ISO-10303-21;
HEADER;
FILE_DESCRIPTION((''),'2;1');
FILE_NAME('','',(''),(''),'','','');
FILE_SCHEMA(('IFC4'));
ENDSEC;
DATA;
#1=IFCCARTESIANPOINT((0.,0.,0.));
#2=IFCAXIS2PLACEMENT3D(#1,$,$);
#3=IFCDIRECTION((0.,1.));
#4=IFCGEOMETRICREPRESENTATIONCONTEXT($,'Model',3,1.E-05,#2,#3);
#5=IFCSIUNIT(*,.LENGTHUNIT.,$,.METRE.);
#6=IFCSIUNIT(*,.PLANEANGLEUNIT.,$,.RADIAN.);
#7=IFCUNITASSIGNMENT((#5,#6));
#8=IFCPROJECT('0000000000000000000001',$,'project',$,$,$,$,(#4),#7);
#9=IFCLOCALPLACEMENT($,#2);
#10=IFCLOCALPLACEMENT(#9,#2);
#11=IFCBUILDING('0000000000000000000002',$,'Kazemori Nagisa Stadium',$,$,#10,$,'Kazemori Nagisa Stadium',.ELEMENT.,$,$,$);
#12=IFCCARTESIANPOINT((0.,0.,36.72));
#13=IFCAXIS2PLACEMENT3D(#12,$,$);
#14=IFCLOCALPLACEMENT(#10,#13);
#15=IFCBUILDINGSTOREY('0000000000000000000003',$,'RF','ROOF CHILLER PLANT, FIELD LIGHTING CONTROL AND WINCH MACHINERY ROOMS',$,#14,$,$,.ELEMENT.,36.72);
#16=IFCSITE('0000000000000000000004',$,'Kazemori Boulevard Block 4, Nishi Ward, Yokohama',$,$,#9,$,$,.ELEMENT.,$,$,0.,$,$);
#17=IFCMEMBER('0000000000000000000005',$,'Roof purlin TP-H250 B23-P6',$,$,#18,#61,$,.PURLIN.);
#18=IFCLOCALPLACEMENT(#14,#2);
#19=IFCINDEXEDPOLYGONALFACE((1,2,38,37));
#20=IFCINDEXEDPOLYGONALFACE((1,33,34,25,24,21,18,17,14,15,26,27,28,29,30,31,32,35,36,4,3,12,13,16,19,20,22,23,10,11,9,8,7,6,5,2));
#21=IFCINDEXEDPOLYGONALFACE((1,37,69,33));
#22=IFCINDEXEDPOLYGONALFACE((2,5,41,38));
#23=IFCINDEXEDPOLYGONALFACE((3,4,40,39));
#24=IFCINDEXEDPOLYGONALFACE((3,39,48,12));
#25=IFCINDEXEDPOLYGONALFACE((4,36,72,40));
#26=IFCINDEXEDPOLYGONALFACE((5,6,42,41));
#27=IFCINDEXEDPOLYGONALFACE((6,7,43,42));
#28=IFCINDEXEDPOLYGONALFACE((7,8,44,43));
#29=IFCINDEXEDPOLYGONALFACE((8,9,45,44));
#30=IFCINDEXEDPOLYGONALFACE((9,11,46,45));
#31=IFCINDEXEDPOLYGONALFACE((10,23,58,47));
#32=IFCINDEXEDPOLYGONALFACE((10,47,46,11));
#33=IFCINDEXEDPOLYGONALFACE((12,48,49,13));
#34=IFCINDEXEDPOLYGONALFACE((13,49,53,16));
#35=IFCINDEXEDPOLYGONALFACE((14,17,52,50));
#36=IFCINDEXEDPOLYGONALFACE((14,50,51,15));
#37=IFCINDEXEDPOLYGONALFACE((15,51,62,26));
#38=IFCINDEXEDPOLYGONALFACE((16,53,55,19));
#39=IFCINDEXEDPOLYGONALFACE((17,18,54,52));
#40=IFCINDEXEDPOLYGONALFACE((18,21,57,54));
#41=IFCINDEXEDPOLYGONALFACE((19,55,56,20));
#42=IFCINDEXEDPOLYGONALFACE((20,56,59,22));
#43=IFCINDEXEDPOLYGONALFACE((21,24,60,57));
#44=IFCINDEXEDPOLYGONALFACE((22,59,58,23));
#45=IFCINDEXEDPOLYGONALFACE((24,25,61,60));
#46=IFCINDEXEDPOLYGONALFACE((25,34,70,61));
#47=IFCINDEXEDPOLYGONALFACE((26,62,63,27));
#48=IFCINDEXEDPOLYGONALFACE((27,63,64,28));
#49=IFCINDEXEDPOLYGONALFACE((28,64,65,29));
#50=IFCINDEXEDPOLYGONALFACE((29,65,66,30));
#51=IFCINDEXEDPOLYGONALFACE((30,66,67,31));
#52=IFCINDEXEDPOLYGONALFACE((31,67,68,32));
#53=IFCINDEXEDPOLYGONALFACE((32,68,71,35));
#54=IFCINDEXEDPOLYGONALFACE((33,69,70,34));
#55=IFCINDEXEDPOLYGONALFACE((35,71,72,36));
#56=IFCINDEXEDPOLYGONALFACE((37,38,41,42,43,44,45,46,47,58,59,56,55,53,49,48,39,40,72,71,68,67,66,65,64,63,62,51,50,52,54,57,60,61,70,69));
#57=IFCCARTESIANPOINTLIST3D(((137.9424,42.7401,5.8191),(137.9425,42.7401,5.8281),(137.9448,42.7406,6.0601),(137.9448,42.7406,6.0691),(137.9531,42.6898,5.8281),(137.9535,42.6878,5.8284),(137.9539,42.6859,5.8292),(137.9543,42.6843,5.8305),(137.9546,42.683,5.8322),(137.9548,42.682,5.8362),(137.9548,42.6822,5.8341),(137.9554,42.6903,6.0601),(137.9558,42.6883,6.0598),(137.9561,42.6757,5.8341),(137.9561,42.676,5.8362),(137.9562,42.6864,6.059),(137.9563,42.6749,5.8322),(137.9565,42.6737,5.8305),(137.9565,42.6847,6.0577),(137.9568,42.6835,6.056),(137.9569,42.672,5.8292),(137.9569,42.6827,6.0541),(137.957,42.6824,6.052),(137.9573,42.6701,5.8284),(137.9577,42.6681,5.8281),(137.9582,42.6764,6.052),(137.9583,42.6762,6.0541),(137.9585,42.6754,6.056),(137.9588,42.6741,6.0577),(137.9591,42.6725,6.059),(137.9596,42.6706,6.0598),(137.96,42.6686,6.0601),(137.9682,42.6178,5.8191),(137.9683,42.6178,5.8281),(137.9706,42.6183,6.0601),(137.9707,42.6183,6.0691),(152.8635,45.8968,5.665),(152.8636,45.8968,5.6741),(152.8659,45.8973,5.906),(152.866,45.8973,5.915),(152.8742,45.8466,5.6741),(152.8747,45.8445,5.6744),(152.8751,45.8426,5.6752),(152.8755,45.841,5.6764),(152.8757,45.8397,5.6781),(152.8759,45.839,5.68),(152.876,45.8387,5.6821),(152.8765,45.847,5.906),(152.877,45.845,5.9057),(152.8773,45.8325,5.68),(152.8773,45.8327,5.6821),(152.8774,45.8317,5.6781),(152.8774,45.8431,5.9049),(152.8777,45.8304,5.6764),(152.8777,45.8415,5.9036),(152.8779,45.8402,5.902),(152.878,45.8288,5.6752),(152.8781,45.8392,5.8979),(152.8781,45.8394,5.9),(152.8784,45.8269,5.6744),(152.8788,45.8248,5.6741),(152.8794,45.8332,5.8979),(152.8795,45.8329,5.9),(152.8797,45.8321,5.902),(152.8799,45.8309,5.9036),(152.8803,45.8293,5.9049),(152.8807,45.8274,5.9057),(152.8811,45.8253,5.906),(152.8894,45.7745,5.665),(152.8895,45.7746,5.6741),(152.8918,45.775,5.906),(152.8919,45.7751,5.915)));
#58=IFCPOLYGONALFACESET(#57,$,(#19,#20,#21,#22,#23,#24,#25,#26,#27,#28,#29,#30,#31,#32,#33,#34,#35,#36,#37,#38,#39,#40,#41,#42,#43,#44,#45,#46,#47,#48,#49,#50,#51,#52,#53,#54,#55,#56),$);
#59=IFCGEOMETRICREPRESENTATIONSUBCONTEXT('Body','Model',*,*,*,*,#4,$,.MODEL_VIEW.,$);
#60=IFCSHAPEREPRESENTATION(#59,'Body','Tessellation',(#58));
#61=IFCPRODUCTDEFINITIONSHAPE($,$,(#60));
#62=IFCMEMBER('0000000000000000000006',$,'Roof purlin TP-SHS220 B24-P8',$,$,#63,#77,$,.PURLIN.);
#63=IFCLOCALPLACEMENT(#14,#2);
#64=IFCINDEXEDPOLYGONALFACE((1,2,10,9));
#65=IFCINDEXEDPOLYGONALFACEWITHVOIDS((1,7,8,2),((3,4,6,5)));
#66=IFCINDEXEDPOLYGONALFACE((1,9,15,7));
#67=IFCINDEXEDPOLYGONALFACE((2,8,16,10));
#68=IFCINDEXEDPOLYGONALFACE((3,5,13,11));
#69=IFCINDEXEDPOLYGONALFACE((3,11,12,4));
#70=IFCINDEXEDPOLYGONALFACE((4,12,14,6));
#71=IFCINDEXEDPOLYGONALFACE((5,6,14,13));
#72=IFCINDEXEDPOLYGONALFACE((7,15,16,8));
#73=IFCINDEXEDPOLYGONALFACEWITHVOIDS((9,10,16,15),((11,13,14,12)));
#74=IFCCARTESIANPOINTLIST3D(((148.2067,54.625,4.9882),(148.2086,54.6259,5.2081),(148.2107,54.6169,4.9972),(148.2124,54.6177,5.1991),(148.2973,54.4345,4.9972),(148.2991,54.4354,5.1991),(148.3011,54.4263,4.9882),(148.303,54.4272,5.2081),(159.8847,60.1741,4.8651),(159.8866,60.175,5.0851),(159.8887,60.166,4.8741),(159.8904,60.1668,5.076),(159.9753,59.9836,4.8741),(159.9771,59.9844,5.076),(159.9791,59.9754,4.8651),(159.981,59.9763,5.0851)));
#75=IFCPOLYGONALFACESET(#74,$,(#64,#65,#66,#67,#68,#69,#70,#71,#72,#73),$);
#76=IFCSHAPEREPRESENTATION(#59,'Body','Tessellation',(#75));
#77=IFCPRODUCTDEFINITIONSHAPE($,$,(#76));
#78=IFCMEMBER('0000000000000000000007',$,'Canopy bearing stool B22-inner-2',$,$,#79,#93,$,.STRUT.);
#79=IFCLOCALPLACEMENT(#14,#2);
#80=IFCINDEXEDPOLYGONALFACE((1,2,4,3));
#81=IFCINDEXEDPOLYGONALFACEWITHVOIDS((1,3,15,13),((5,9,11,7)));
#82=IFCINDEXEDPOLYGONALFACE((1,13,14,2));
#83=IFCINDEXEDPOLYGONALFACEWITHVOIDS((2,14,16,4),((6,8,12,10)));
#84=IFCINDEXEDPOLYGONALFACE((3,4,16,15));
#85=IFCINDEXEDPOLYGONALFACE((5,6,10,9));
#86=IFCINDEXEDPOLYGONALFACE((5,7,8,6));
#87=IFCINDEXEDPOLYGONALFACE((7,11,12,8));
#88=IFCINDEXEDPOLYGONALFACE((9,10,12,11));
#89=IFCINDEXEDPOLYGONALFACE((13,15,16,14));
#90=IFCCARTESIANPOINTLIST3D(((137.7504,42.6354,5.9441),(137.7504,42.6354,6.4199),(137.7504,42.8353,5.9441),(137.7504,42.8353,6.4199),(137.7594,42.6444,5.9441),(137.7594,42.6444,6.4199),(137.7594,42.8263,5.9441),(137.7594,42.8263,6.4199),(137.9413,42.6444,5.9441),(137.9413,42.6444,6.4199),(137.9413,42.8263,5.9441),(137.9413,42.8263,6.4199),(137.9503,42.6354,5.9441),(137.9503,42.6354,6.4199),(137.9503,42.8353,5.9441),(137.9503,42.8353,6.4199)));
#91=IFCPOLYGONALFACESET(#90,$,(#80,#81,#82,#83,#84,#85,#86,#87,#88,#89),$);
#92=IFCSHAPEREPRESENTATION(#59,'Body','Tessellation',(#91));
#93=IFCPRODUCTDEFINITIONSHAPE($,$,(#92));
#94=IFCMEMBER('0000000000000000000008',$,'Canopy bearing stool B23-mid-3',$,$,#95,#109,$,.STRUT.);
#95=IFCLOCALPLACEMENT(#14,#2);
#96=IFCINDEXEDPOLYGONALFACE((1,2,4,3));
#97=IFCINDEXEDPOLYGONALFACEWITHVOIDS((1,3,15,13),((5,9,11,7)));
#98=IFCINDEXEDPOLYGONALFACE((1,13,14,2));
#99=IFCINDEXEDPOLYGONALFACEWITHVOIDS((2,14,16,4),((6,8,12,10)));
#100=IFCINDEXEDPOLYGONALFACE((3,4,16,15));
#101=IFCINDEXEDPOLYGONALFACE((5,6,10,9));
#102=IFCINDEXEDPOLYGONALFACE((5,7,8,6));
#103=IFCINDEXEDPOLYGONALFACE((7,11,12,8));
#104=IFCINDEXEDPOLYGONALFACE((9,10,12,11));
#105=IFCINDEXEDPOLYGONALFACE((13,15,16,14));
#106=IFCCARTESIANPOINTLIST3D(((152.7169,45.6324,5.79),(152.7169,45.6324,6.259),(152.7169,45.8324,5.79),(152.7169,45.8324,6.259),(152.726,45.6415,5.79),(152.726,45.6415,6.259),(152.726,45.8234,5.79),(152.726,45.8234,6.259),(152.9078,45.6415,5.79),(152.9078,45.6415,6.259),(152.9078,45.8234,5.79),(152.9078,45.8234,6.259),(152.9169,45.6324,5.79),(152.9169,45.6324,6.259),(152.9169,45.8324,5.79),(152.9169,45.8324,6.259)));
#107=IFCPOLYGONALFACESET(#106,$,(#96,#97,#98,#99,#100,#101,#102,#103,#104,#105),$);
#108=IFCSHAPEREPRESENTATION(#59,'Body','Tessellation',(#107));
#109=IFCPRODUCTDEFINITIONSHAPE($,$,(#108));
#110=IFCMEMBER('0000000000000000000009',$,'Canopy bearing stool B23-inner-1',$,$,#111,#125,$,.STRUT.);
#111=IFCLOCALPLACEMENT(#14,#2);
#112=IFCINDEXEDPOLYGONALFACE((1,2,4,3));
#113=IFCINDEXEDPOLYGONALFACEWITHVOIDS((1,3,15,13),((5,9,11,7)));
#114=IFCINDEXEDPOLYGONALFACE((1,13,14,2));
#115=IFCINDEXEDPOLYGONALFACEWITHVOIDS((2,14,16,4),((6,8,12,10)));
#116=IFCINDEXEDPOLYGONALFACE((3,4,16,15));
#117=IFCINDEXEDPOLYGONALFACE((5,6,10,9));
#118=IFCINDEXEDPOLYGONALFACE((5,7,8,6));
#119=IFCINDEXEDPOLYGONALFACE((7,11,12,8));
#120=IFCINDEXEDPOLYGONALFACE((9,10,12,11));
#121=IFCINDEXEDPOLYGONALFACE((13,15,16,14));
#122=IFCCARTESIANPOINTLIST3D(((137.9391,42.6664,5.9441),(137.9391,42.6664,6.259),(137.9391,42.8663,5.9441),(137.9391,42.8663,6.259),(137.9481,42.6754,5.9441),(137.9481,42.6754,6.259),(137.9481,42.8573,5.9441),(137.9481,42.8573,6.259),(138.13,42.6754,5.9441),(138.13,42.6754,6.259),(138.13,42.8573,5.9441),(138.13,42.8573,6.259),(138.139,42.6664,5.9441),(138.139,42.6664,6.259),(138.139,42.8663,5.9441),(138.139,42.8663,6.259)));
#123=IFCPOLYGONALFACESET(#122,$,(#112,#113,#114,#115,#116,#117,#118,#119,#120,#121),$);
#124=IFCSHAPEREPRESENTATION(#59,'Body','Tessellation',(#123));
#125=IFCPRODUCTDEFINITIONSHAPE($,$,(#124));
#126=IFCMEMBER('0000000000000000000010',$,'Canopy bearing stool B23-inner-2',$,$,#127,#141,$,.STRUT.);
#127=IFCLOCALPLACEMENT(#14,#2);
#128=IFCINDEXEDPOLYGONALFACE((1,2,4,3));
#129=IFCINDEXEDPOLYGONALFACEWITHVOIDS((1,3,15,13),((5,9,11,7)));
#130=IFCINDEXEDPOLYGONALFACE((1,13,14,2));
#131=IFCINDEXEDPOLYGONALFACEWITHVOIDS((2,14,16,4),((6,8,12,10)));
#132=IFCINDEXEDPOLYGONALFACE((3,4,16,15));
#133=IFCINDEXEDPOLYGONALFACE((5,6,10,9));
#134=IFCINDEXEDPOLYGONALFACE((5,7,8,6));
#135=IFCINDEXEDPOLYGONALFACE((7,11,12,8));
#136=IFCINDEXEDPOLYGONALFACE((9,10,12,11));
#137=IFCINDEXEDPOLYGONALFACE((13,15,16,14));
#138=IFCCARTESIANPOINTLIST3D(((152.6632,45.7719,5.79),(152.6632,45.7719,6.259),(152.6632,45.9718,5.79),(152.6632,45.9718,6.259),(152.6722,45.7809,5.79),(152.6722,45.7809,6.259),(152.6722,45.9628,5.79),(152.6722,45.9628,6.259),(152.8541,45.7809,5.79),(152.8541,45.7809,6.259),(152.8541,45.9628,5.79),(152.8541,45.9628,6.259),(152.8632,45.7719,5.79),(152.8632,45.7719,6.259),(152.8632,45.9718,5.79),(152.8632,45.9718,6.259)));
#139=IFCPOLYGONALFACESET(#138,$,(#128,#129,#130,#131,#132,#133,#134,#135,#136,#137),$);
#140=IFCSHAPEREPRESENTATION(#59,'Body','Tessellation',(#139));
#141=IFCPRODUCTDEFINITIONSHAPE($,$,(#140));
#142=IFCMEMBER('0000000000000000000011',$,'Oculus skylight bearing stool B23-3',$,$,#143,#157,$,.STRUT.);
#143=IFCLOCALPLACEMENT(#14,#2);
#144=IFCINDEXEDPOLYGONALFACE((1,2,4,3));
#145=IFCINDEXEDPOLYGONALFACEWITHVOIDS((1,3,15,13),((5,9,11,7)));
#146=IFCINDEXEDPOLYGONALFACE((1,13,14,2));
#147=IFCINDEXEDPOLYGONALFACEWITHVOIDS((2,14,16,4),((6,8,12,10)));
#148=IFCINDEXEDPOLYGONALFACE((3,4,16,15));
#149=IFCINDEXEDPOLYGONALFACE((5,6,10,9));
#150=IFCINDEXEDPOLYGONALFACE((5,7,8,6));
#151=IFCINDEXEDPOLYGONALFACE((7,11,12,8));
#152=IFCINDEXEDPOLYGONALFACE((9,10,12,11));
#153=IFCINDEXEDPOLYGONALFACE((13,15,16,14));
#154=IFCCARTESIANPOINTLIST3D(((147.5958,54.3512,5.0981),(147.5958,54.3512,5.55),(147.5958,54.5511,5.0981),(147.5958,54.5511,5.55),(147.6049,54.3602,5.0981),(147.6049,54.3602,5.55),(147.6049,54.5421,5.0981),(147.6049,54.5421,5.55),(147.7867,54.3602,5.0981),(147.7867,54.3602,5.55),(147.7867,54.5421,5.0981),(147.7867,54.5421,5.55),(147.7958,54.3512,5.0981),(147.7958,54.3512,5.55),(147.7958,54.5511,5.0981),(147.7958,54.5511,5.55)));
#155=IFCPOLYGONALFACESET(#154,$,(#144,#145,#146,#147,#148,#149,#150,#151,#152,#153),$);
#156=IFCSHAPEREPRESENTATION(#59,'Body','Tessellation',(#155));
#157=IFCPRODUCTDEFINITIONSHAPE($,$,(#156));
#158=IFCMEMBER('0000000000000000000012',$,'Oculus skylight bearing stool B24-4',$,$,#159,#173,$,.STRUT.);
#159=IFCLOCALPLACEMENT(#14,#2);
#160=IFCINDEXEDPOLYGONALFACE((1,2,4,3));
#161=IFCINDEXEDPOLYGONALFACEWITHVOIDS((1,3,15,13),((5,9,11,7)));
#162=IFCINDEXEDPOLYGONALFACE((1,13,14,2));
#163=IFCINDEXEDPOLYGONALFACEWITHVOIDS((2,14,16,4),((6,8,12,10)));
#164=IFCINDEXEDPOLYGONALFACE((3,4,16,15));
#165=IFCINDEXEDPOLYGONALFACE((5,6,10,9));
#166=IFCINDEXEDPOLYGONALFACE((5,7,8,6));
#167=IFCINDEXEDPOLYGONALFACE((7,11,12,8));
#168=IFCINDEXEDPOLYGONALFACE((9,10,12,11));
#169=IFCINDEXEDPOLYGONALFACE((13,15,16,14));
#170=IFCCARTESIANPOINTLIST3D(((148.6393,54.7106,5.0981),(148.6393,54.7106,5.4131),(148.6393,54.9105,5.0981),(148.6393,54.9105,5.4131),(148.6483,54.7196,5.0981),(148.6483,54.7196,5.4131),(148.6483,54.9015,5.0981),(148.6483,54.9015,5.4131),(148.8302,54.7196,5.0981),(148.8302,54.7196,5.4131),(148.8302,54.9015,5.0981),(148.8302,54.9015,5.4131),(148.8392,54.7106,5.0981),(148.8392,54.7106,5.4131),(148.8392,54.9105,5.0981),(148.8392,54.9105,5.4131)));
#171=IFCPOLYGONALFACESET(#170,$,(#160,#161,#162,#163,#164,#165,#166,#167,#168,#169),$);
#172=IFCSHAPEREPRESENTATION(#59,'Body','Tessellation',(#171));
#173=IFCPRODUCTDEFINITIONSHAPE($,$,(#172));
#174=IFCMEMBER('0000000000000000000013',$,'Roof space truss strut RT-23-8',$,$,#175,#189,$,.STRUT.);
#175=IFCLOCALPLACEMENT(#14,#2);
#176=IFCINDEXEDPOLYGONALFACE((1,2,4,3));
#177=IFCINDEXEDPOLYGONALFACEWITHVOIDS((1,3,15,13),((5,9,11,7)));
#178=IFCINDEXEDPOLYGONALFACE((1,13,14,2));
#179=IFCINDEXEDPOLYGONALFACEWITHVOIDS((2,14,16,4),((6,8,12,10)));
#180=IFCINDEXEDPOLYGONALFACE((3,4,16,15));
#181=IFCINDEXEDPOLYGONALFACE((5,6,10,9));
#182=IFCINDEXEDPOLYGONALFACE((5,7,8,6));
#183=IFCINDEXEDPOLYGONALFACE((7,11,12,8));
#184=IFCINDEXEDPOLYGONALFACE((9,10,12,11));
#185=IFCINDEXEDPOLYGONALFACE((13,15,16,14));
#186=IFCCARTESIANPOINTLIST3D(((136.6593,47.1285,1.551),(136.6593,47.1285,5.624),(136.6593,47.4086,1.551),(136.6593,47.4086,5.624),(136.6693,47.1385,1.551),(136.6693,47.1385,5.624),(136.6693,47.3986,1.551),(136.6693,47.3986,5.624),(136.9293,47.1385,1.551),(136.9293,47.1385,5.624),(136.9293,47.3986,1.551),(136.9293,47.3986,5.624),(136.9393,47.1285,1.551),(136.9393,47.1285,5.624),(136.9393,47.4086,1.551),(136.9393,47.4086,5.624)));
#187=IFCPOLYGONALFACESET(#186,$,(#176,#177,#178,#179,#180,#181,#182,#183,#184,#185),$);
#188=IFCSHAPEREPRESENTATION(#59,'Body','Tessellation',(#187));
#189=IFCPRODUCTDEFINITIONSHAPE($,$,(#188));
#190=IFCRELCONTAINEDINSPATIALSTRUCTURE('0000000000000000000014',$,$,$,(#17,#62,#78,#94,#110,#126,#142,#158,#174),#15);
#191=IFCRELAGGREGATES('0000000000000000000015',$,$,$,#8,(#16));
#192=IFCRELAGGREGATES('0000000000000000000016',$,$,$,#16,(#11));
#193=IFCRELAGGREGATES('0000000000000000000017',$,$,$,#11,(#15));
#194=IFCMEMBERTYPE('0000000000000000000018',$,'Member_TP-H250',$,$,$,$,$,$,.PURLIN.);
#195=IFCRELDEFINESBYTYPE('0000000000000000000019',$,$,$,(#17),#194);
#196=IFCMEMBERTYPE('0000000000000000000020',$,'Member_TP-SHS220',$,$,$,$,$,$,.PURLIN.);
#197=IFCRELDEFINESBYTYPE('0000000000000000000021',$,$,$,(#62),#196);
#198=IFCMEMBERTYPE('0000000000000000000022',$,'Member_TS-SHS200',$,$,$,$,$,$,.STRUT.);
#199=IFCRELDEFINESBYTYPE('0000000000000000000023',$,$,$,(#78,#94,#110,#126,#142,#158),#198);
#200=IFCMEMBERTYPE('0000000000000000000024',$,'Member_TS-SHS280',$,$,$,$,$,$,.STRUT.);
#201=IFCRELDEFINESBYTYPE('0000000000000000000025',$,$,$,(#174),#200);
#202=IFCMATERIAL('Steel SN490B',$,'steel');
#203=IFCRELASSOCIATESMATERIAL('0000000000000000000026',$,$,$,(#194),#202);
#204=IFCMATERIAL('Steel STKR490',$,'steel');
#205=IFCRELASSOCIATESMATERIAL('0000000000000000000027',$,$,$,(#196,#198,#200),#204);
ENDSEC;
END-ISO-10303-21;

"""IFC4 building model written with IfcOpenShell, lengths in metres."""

from ifc_helpers import new_model, si_unit, direction, frame, origin, origin_2d, place, context, subcontext, project, spatial, hollow_rectangle, i_section, extrude, material, material_profile, profile_set, type_object, element, save


model = new_model("IFC4")

# Units and contexts
model_context = context("Model", 3, precision=1e-05, world=origin(), true_north=direction((0.0, 1.0)))
body_context = subcontext(model_context, "Body", "Model", "MODEL_VIEW")
ifc_project = project(units=[si_unit("LENGTHUNIT", "METRE"), si_unit("PLANEANGLEUNIT", "RADIAN")], contexts=[model_context])

# Site, building, storey
site_placement = place(None, origin())
site = spatial("IfcSite", under=ifc_project, at=site_placement, Name="Kazemori Boulevard Block 4, Nishi Ward, Yokohama", CompositionType="ELEMENT", RefElevation=0.0)
building_placement = place(site_placement, origin())
building = spatial("IfcBuilding", under=site, at=building_placement, Name="Kazemori Nagisa Stadium", LongName="Kazemori Nagisa Stadium", CompositionType="ELEMENT")
storey_placement = place(building_placement, frame((0.0, 0.0, 36.72)))
storey = spatial("IfcBuildingStorey", under=building, at=storey_placement, Name="RF", Description="ROOF CHILLER PLANT, FIELD LIGHTING CONTROL AND WINCH MACHINERY ROOMS", CompositionType="ELEMENT", Elevation=36.72)

# Members
ifc_material_1 = material(Name="Steel STKR490", Category="steel")
ifc_material_2 = material(Name="Steel SN490B", Category="steel")
ifc_material_profile_1 = material_profile(ifc_material_2, i_section(OverallWidth=0.125, OverallDepth=0.25, WebThickness=0.0061, FlangeThickness=0.009, FilletRadius=0.0081, at=origin_2d()), Name="H-250x125x6x9")
ifc_profile_set_1 = profile_set([ifc_material_profile_1], Name="Steel SN490B")
member_type_1 = type_object("IfcMemberType", Name="Member_TP-H250", PredefinedType="PURLIN", material=ifc_profile_set_1)
member_1_placement = place(storey_placement, frame((137.9565, 42.6792, 5.9441), z_axis=(0.978295, 0.20697, -0.0101), x_axis=(-0.20698, 0.978345, 0.0)))
element("IfcMember", 1, at=member_1_placement, inside=storey, type_object=member_type_1, Name="Roof purlin TP-H250 B23-P6", PredefinedType="PURLIN", context=body_context, shape_type="SweptSolid", body=[
    extrude(i_section(OverallWidth=0.125, OverallDepth=0.25, WebThickness=0.0061, FlangeThickness=0.009, FilletRadius=0.0081, at=origin_2d()), origin(), (0.0, 0.0, 1.0), 15.2522),
])
ifc_material_profile_2 = material_profile(ifc_material_1, hollow_rectangle(XDim=0.22, YDim=0.22, WallThickness=0.009, at=origin_2d()), Name="SHS-220x220x9")
ifc_profile_set_2 = profile_set([ifc_material_profile_2], Name="Steel STKR490")
member_type_2 = type_object("IfcMemberType", Name="Member_TP-SHS220", PredefinedType="PURLIN", material=ifc_profile_set_2)
member_2_placement = place(storey_placement, frame((148.2549, 54.5261, 5.0981), z_axis=(0.903176, 0.429166, -0.009516), x_axis=(-0.429185, 0.903217, 0.0)))
element("IfcMember", 2, at=member_2_placement, inside=storey, type_object=member_type_2, Name="Roof purlin TP-SHS220 B24-P8", PredefinedType="PURLIN", context=body_context, shape_type="SweptSolid", body=[
    extrude(hollow_rectangle(XDim=0.22, YDim=0.22, WallThickness=0.009, at=origin_2d()), origin(), (0.0, 0.0, 1.0), 12.9299),
])
ifc_material_profile_3 = material_profile(ifc_material_1, hollow_rectangle(XDim=0.2, YDim=0.2, WallThickness=0.009, at=origin_2d()), Name="SHS-200x200x9")
ifc_profile_set_3 = profile_set([ifc_material_profile_3], Name="Steel STKR490")
member_type_3 = type_object("IfcMemberType", Name="Member_TS-SHS200", PredefinedType="STRUT", material=ifc_profile_set_3)
member_3_placement = place(storey_placement, frame((137.8503, 42.7354, 5.9441), z_axis=(0.0, 0.0, 1.0), x_axis=(1.0, 0.0, 0.0)))
element("IfcMember", 3, at=member_3_placement, inside=storey, type_object=member_type_3, Name="Canopy bearing stool B22-inner-2", PredefinedType="STRUT", context=body_context, shape_type="SweptSolid", body=[
    extrude(hollow_rectangle(XDim=0.2, YDim=0.2, WallThickness=0.009, at=origin_2d()), origin(), (0.0, 0.0, 1.0), 0.4758),
])
member_4_placement = place(storey_placement, frame((152.8169, 45.7324, 5.79), z_axis=(0.0, 0.0, 1.0), x_axis=(1.0, 0.0, 0.0)))
element("IfcMember", 4, at=member_4_placement, inside=storey, type_object=member_type_3, Name="Canopy bearing stool B23-mid-3", PredefinedType="STRUT", context=body_context, shape_type="SweptSolid", body=[
    extrude(hollow_rectangle(XDim=0.2, YDim=0.2, WallThickness=0.009, at=origin_2d()), origin(), (0.0, 0.0, 1.0), 0.469),
])
member_5_placement = place(storey_placement, frame((138.0391, 42.7664, 5.9441), z_axis=(0.0, 0.0, 1.0), x_axis=(1.0, 0.0, 0.0)))
element("IfcMember", 5, at=member_5_placement, inside=storey, type_object=member_type_3, Name="Canopy bearing stool B23-inner-1", PredefinedType="STRUT", context=body_context, shape_type="SweptSolid", body=[
    extrude(hollow_rectangle(XDim=0.2, YDim=0.2, WallThickness=0.009, at=origin_2d()), origin(), (0.0, 0.0, 1.0), 0.3149),
])
member_6_placement = place(storey_placement, frame((152.7632, 45.8718, 5.79), z_axis=(0.0, 0.0, 1.0), x_axis=(1.0, 0.0, 0.0)))
element("IfcMember", 6, at=member_6_placement, inside=storey, type_object=member_type_3, Name="Canopy bearing stool B23-inner-2", PredefinedType="STRUT", context=body_context, shape_type="SweptSolid", body=[
    extrude(hollow_rectangle(XDim=0.2, YDim=0.2, WallThickness=0.009, at=origin_2d()), origin(), (0.0, 0.0, 1.0), 0.469),
])
member_7_placement = place(storey_placement, frame((147.6958, 54.4512, 5.0981), z_axis=(0.0, 0.0, 1.0), x_axis=(1.0, 0.0, 0.0)))
element("IfcMember", 7, at=member_7_placement, inside=storey, type_object=member_type_3, Name="Oculus skylight bearing stool B23-3", PredefinedType="STRUT", context=body_context, shape_type="SweptSolid", body=[
    extrude(hollow_rectangle(XDim=0.2, YDim=0.2, WallThickness=0.009, at=origin_2d()), origin(), (0.0, 0.0, 1.0), 0.4519),
])
member_8_placement = place(storey_placement, frame((148.7393, 54.8105, 5.0981), z_axis=(0.0, 0.0, 1.0), x_axis=(1.0, 0.0, 0.0)))
element("IfcMember", 8, at=member_8_placement, inside=storey, type_object=member_type_3, Name="Oculus skylight bearing stool B24-4", PredefinedType="STRUT", context=body_context, shape_type="SweptSolid", body=[
    extrude(hollow_rectangle(XDim=0.2, YDim=0.2, WallThickness=0.009, at=origin_2d()), origin(), (0.0, 0.0, 1.0), 0.3149),
])
ifc_material_profile_4 = material_profile(ifc_material_1, hollow_rectangle(XDim=0.28, YDim=0.28, WallThickness=0.01, at=origin_2d()), Name="SHS-280x280x10")
ifc_profile_set_4 = profile_set([ifc_material_profile_4], Name="Steel STKR490")
member_type_4 = type_object("IfcMemberType", Name="Member_TS-SHS280", PredefinedType="STRUT", material=ifc_profile_set_4)
member_9_placement = place(storey_placement, frame((136.7993, 47.2686, 1.551), z_axis=(0.0, 0.0, 1.0), x_axis=(1.0, 0.0, 0.0)))
element("IfcMember", 9, at=member_9_placement, inside=storey, type_object=member_type_4, Name="Roof space truss strut RT-23-8", PredefinedType="STRUT", context=body_context, shape_type="SweptSolid", body=[
    extrude(hollow_rectangle(XDim=0.28, YDim=0.28, WallThickness=0.01, at=origin_2d()), origin(), (0.0, 0.0, 1.0), 4.073),
])

save(model, "model.ifc")
